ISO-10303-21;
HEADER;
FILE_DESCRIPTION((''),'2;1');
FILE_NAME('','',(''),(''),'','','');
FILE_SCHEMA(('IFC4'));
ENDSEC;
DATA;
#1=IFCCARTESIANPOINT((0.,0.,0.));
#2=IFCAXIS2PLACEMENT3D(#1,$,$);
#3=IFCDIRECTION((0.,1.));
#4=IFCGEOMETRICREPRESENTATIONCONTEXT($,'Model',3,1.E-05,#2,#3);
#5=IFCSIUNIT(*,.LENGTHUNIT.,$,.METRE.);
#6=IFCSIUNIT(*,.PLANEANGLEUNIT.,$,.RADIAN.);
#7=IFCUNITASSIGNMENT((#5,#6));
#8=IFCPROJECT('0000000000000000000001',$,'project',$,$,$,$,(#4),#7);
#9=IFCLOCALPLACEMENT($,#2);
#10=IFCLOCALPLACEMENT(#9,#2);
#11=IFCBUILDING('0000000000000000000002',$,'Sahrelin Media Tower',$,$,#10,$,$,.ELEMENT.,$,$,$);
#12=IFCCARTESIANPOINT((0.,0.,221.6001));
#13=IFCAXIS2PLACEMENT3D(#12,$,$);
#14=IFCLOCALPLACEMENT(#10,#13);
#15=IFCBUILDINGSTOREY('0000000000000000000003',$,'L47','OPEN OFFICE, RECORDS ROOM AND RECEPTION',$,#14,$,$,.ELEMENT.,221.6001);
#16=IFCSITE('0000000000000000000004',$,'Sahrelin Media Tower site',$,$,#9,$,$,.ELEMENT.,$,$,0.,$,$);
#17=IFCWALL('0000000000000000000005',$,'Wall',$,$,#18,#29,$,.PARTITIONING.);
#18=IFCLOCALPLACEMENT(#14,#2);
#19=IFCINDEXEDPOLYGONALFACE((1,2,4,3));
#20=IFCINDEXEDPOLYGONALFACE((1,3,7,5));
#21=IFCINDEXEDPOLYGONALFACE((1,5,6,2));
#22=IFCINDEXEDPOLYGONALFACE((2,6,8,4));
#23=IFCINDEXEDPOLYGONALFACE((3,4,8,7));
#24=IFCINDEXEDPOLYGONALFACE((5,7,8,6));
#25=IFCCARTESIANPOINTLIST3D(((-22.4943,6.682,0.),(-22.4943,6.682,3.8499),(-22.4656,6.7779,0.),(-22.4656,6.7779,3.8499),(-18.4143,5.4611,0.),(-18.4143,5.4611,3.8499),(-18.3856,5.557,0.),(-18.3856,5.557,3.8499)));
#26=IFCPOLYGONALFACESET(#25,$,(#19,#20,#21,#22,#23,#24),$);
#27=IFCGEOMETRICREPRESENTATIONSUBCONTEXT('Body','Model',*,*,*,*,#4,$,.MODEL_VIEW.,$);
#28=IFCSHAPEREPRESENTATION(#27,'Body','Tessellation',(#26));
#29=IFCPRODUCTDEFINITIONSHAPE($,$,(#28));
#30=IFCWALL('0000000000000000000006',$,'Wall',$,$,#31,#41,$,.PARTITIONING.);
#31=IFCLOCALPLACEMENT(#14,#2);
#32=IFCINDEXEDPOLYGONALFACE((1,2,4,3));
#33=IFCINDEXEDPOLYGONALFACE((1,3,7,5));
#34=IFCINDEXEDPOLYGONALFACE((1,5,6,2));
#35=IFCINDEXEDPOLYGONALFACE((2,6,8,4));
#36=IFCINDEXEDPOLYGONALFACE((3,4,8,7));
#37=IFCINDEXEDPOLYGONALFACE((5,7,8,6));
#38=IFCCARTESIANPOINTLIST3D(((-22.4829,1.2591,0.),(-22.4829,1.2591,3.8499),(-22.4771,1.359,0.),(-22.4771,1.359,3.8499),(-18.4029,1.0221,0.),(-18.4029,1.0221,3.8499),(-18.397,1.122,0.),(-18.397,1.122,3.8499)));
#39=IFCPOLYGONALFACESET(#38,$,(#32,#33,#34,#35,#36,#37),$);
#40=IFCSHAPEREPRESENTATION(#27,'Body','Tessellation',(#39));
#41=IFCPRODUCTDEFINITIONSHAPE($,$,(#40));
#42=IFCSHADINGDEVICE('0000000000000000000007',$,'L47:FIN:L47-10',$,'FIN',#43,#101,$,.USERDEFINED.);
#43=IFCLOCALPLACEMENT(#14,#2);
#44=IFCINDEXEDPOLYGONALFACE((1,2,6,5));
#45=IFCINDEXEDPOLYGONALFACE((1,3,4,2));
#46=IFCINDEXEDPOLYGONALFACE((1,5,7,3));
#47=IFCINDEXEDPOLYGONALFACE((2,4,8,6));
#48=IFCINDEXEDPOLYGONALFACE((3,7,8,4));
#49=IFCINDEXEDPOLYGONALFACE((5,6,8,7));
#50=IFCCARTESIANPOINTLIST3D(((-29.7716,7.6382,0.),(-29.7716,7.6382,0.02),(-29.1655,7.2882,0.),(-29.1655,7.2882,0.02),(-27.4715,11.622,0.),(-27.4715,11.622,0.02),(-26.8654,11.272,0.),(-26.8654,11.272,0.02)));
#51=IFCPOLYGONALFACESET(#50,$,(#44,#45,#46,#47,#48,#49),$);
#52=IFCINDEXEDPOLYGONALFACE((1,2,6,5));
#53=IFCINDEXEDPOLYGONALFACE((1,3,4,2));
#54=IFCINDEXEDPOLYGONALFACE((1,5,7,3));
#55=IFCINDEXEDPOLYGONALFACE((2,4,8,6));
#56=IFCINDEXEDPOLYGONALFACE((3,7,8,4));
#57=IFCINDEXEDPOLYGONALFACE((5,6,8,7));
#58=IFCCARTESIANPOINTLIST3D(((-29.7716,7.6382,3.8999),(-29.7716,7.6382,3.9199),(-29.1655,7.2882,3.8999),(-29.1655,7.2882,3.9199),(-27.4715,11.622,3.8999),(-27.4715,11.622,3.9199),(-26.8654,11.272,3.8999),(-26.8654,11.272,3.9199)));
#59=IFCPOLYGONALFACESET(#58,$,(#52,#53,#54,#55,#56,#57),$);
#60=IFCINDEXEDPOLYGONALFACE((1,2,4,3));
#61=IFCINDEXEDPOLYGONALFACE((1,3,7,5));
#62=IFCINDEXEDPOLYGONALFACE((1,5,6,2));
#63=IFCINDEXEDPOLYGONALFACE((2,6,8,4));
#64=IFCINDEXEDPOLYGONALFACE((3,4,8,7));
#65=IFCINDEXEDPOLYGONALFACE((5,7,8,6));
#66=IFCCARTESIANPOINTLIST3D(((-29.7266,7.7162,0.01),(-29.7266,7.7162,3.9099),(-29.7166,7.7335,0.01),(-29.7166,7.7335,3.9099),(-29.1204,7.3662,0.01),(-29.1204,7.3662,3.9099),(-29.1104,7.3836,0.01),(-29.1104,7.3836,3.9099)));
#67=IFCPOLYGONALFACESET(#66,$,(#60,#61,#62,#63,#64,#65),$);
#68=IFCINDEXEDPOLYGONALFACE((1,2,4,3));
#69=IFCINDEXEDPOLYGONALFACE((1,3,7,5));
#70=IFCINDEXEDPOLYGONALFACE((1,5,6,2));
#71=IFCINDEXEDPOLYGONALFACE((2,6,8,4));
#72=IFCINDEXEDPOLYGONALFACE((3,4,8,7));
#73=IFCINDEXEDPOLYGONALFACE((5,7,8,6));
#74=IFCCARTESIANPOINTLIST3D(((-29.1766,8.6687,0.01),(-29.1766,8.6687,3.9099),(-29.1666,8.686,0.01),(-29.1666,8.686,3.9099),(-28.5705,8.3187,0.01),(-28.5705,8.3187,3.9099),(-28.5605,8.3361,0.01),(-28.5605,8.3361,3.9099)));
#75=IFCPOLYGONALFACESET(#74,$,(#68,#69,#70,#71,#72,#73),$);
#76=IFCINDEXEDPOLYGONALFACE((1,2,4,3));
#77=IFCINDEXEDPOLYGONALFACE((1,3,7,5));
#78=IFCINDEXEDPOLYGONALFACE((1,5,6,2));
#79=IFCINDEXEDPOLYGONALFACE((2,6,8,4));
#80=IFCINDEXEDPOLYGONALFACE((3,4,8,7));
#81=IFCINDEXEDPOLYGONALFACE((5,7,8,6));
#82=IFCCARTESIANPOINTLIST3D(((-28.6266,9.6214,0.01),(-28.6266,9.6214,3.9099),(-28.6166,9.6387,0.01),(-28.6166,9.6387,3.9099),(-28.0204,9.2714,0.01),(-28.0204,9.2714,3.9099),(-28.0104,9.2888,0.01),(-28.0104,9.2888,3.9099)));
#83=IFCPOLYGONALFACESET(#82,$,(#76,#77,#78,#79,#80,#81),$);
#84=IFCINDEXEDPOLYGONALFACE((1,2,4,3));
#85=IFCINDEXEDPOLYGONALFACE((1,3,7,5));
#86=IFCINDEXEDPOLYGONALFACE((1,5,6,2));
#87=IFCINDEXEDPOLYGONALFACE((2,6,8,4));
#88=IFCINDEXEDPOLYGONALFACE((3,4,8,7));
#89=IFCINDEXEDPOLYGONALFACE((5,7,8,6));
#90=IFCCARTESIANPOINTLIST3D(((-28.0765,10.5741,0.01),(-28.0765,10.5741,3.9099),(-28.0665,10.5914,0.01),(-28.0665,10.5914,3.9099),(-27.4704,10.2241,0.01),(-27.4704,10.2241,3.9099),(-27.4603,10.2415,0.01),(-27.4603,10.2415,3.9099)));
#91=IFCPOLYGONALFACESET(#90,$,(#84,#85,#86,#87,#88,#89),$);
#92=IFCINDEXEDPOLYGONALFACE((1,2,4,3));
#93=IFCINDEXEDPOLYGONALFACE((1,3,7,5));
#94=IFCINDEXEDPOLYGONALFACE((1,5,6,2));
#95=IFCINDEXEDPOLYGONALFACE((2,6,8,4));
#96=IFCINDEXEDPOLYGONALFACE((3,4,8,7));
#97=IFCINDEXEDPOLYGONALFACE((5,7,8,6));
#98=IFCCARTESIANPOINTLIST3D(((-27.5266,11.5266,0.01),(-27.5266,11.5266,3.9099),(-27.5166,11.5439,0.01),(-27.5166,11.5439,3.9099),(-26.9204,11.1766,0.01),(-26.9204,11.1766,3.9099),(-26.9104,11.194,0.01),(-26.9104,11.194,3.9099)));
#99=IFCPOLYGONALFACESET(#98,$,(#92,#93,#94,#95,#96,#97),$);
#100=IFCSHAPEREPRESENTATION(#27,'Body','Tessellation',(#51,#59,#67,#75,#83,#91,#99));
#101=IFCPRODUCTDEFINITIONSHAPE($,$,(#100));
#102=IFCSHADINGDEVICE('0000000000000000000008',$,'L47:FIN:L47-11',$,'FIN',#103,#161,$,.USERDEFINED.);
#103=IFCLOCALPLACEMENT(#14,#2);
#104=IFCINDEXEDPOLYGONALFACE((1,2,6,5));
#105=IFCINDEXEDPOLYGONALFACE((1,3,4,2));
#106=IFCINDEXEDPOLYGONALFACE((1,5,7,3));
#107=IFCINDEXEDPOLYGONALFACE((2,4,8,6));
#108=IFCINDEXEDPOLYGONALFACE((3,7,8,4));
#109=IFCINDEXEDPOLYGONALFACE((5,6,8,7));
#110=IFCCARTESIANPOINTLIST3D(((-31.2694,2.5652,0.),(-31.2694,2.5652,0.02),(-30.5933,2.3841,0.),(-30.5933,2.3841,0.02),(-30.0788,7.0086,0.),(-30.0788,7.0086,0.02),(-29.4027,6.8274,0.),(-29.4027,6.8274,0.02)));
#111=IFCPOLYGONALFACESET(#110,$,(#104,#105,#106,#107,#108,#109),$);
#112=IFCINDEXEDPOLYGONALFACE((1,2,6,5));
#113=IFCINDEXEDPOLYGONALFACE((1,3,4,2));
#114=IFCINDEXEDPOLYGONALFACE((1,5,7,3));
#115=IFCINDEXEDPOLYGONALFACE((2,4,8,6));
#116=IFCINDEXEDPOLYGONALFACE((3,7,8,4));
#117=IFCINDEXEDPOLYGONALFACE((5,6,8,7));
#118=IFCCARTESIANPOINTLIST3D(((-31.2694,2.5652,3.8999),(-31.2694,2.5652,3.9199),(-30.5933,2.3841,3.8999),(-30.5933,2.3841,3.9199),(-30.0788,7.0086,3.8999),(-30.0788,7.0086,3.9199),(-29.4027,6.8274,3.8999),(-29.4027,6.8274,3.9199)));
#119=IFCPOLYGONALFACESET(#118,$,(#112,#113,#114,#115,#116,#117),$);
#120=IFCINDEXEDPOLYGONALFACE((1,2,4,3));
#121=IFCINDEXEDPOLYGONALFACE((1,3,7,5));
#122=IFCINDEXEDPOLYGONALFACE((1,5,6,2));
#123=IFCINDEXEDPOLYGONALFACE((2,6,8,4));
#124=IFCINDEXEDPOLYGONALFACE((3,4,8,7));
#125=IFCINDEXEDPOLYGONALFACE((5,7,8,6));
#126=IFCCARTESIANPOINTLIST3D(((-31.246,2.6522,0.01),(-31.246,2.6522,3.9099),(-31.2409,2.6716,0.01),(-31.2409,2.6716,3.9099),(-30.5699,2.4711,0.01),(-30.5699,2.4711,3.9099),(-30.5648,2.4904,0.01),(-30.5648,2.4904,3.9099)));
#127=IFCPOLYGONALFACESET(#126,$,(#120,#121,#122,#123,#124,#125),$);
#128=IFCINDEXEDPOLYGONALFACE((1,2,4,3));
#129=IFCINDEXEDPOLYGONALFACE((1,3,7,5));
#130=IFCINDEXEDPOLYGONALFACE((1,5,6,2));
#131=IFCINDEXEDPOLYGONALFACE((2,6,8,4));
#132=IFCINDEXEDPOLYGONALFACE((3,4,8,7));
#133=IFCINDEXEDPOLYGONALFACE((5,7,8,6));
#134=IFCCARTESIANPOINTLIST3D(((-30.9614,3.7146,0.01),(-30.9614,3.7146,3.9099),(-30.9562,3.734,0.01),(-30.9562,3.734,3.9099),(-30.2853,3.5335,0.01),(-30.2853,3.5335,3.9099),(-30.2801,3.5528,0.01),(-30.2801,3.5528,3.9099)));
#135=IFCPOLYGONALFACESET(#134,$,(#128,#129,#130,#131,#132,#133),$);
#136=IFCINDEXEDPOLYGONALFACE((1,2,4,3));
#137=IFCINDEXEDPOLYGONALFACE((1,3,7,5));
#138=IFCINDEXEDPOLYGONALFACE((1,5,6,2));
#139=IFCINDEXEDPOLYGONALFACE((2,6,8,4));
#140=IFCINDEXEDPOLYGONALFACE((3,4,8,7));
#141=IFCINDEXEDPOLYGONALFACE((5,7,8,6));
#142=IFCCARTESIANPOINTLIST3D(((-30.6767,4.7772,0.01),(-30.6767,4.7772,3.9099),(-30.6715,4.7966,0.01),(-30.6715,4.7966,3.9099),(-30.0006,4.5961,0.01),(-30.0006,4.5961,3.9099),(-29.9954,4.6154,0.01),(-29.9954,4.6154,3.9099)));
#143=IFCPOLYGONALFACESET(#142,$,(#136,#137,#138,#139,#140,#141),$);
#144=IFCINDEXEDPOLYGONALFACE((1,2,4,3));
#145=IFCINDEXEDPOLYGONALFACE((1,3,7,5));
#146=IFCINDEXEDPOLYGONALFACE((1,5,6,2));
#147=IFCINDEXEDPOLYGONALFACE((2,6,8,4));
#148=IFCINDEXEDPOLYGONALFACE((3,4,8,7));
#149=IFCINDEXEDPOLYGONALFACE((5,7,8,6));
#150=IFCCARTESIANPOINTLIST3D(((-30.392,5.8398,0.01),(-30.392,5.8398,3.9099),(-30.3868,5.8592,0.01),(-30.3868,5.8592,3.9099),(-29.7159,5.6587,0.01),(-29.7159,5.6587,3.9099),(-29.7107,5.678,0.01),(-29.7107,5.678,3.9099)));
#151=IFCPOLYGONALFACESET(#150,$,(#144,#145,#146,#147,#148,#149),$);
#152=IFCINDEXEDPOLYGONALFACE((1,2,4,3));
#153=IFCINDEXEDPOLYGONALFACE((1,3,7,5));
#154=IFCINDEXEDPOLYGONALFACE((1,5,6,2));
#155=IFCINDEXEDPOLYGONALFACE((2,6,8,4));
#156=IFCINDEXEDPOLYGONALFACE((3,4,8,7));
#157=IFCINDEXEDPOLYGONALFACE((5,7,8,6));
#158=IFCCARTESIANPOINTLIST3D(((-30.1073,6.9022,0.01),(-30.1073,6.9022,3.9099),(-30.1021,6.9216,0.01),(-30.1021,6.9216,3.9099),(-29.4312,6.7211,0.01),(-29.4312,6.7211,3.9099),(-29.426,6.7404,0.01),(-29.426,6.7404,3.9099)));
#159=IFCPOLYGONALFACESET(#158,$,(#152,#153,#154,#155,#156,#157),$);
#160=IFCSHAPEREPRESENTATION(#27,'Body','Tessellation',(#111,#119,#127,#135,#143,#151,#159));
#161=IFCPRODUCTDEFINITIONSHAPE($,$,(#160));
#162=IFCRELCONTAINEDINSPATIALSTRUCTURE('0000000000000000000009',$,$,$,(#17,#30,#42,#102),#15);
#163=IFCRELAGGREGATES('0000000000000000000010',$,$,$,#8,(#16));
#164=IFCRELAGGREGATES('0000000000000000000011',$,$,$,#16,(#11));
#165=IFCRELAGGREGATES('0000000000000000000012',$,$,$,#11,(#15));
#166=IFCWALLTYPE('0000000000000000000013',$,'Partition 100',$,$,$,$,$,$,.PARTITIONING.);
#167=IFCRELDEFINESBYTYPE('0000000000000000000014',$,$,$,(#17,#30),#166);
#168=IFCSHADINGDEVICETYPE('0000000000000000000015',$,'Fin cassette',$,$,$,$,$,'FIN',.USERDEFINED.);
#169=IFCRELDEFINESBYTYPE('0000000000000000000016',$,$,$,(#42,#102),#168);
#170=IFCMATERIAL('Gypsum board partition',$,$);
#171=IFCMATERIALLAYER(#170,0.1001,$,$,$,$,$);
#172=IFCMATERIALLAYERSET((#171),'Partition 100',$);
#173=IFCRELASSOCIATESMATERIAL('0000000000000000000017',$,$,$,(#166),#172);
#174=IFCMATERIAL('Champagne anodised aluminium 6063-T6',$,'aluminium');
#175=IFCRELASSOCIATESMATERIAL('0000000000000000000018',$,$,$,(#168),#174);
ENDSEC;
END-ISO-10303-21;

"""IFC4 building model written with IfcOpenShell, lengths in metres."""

from ifc_helpers import new_model, si_unit, direction, frame, frame_2d, origin, origin_2d, place, context, subcontext, project, spatial, rectangle, extrude, material, layer, layer_set, type_object, element, save


model = new_model("IFC4")

# Units and contexts
model_context = context("Model", 3, precision=1e-05, world=origin(), true_north=direction((0.0, 1.0)))
body_context = subcontext(model_context, "Body", "Model", "MODEL_VIEW")
ifc_project = project(units=[si_unit("LENGTHUNIT", "METRE"), si_unit("PLANEANGLEUNIT", "RADIAN")], contexts=[model_context])

# Site, building, storey
site_placement = place(None, origin())
site = spatial("IfcSite", under=ifc_project, at=site_placement, Name="Sahrelin Media Tower site", CompositionType="ELEMENT", RefElevation=0.0)
building_placement = place(site_placement, origin())
building = spatial("IfcBuilding", under=site, at=building_placement, Name="Sahrelin Media Tower", CompositionType="ELEMENT")
storey_placement = place(building_placement, frame((0.0, 0.0, 221.6001)))
storey = spatial("IfcBuildingStorey", under=building, at=storey_placement, Name="L47", Description="OPEN OFFICE, RECORDS ROOM AND RECEPTION", CompositionType="ELEMENT", Elevation=221.6001)

# Shared definitions
ifc_material_1 = material(Name="Champagne anodised aluminium 6063-T6", Category="aluminium")

# Walls
ifc_material_2 = material(Name="Gypsum board partition")
ifc_layer_1 = layer(ifc_material_2, 0.1001)
ifc_layer_set_1 = layer_set([ifc_layer_1], Name="Partition 100")
wall_type_1 = type_object("IfcWallType", Name="Partition 100", PredefinedType="PARTITIONING", material=ifc_layer_set_1)
wall_1_placement = place(storey_placement, frame((-22.48, 6.73, 0.0), z_axis=(0.0, 0.0, 1.0), x_axis=(0.958025, -0.286685, 0.0)))
element("IfcWall", 1, at=wall_1_placement, inside=storey, type_object=wall_type_1, Name="Wall", PredefinedType="PARTITIONING", context=body_context, shape_type="SweptSolid", body=[
    extrude(rectangle(XDim=4.2588, YDim=0.1001, at=frame_2d((2.1294, 0.0))), origin(), (0.0, 0.0, 1.0), 3.8499),
])
wall_2_placement = place(storey_placement, frame((-22.48, 1.3091, 0.0), z_axis=(0.0, 0.0, 1.0), x_axis=(0.998316, -0.058004, 0.0)))
element("IfcWall", 2, at=wall_2_placement, inside=storey, type_object=wall_type_1, Name="Wall", PredefinedType="PARTITIONING", context=body_context, shape_type="SweptSolid", body=[
    extrude(rectangle(XDim=4.0869, YDim=0.1001, at=frame_2d((2.0435, 0.0))), origin(), (0.0, 0.0, 1.0), 3.8499),
])

# Shading devices
shading_device_type_1 = type_object("IfcShadingDeviceType", Name="Fin cassette", ElementType="FIN", PredefinedType="USERDEFINED", material=ifc_material_1)
placement_1 = place(storey_placement, frame((-27.9548, 9.2451, 0.0), z_axis=(0.0, 0.0, 1.0), x_axis=(0.500011, 0.866019, 0.0)))
element("IfcShadingDevice", 3, at=placement_1, inside=storey, type_object=shading_device_type_1, Name="L47:FIN:L47-10", ObjectType="FIN", PredefinedType="USERDEFINED", context=body_context, shape_type="SweptSolid", body=[
    extrude(rectangle(XDim=4.6001, YDim=0.7, at=origin_2d()), frame((0.0, 0.4199, 0.0)), (0.0, 0.0, 1.0), 0.02),
    extrude(rectangle(XDim=4.6001, YDim=0.7, at=origin_2d()), frame((0.0, 0.4199, 3.8999)), (0.0, 0.0, 1.0), 0.02),
    extrude(rectangle(XDim=0.02, YDim=0.7, at=origin_2d()), frame((-2.2, 0.4199, 0.01), z_axis=(0.0, 0.0, 1.0), x_axis=(1.0, 0.0, 0.0)), (0.0, 0.0, 1.0), 3.8999),
    extrude(rectangle(XDim=0.02, YDim=0.7, at=origin_2d()), frame((-1.1001, 0.4199, 0.01), z_axis=(0.0, 0.0, 1.0), x_axis=(1.0, 0.0, 0.0)), (0.0, 0.0, 1.0), 3.8999),
    extrude(rectangle(XDim=0.02, YDim=0.7, at=origin_2d()), frame((0.0, 0.4199, 0.01), z_axis=(0.0, 0.0, 1.0), x_axis=(1.0, 0.0, 0.0)), (0.0, 0.0, 1.0), 3.8999),
    extrude(rectangle(XDim=0.02, YDim=0.7, at=origin_2d()), frame((1.1001, 0.4199, 0.01), z_axis=(0.0, 0.0, 1.0), x_axis=(1.0, 0.0, 0.0)), (0.0, 0.0, 1.0), 3.8999),
    extrude(rectangle(XDim=0.02, YDim=0.7, at=origin_2d()), frame((2.2, 0.4199, 0.01), z_axis=(0.0, 0.0, 1.0), x_axis=(1.0, 0.0, 0.0)), (0.0, 0.0, 1.0), 3.8999),
])
placement_2 = place(storey_placement, frame((-29.9304, 4.5876, 0.0), z_axis=(0.0, 0.0, 1.0), x_axis=(0.258808, 0.965929, 0.0)))
element("IfcShadingDevice", 4, at=placement_2, inside=storey, type_object=shading_device_type_1, Name="L47:FIN:L47-11", ObjectType="FIN", PredefinedType="USERDEFINED", context=body_context, shape_type="SweptSolid", body=[
    extrude(rectangle(XDim=4.6001, YDim=0.7, at=origin_2d()), frame((0.0, 0.4199, 0.0)), (0.0, 0.0, 1.0), 0.02),
    extrude(rectangle(XDim=4.6001, YDim=0.7, at=origin_2d()), frame((0.0, 0.4199, 3.8999)), (0.0, 0.0, 1.0), 0.02),
    extrude(rectangle(XDim=0.02, YDim=0.7, at=origin_2d()), frame((-2.2, 0.4199, 0.01), z_axis=(0.0, 0.0, 1.0), x_axis=(1.0, 0.0, 0.0)), (0.0, 0.0, 1.0), 3.8999),
    extrude(rectangle(XDim=0.02, YDim=0.7, at=origin_2d()), frame((-1.1001, 0.4199, 0.01), z_axis=(0.0, 0.0, 1.0), x_axis=(1.0, 0.0, 0.0)), (0.0, 0.0, 1.0), 3.8999),
    extrude(rectangle(XDim=0.02, YDim=0.7, at=origin_2d()), frame((0.0, 0.4199, 0.01), z_axis=(0.0, 0.0, 1.0), x_axis=(1.0, 0.0, 0.0)), (0.0, 0.0, 1.0), 3.8999),
    extrude(rectangle(XDim=0.02, YDim=0.7, at=origin_2d()), frame((1.1001, 0.4199, 0.01), z_axis=(0.0, 0.0, 1.0), x_axis=(1.0, 0.0, 0.0)), (0.0, 0.0, 1.0), 3.8999),
    extrude(rectangle(XDim=0.02, YDim=0.7, at=origin_2d()), frame((2.2, 0.4199, 0.01), z_axis=(0.0, 0.0, 1.0), x_axis=(1.0, 0.0, 0.0)), (0.0, 0.0, 1.0), 3.8999),
])

save(model, "model.ifc")
